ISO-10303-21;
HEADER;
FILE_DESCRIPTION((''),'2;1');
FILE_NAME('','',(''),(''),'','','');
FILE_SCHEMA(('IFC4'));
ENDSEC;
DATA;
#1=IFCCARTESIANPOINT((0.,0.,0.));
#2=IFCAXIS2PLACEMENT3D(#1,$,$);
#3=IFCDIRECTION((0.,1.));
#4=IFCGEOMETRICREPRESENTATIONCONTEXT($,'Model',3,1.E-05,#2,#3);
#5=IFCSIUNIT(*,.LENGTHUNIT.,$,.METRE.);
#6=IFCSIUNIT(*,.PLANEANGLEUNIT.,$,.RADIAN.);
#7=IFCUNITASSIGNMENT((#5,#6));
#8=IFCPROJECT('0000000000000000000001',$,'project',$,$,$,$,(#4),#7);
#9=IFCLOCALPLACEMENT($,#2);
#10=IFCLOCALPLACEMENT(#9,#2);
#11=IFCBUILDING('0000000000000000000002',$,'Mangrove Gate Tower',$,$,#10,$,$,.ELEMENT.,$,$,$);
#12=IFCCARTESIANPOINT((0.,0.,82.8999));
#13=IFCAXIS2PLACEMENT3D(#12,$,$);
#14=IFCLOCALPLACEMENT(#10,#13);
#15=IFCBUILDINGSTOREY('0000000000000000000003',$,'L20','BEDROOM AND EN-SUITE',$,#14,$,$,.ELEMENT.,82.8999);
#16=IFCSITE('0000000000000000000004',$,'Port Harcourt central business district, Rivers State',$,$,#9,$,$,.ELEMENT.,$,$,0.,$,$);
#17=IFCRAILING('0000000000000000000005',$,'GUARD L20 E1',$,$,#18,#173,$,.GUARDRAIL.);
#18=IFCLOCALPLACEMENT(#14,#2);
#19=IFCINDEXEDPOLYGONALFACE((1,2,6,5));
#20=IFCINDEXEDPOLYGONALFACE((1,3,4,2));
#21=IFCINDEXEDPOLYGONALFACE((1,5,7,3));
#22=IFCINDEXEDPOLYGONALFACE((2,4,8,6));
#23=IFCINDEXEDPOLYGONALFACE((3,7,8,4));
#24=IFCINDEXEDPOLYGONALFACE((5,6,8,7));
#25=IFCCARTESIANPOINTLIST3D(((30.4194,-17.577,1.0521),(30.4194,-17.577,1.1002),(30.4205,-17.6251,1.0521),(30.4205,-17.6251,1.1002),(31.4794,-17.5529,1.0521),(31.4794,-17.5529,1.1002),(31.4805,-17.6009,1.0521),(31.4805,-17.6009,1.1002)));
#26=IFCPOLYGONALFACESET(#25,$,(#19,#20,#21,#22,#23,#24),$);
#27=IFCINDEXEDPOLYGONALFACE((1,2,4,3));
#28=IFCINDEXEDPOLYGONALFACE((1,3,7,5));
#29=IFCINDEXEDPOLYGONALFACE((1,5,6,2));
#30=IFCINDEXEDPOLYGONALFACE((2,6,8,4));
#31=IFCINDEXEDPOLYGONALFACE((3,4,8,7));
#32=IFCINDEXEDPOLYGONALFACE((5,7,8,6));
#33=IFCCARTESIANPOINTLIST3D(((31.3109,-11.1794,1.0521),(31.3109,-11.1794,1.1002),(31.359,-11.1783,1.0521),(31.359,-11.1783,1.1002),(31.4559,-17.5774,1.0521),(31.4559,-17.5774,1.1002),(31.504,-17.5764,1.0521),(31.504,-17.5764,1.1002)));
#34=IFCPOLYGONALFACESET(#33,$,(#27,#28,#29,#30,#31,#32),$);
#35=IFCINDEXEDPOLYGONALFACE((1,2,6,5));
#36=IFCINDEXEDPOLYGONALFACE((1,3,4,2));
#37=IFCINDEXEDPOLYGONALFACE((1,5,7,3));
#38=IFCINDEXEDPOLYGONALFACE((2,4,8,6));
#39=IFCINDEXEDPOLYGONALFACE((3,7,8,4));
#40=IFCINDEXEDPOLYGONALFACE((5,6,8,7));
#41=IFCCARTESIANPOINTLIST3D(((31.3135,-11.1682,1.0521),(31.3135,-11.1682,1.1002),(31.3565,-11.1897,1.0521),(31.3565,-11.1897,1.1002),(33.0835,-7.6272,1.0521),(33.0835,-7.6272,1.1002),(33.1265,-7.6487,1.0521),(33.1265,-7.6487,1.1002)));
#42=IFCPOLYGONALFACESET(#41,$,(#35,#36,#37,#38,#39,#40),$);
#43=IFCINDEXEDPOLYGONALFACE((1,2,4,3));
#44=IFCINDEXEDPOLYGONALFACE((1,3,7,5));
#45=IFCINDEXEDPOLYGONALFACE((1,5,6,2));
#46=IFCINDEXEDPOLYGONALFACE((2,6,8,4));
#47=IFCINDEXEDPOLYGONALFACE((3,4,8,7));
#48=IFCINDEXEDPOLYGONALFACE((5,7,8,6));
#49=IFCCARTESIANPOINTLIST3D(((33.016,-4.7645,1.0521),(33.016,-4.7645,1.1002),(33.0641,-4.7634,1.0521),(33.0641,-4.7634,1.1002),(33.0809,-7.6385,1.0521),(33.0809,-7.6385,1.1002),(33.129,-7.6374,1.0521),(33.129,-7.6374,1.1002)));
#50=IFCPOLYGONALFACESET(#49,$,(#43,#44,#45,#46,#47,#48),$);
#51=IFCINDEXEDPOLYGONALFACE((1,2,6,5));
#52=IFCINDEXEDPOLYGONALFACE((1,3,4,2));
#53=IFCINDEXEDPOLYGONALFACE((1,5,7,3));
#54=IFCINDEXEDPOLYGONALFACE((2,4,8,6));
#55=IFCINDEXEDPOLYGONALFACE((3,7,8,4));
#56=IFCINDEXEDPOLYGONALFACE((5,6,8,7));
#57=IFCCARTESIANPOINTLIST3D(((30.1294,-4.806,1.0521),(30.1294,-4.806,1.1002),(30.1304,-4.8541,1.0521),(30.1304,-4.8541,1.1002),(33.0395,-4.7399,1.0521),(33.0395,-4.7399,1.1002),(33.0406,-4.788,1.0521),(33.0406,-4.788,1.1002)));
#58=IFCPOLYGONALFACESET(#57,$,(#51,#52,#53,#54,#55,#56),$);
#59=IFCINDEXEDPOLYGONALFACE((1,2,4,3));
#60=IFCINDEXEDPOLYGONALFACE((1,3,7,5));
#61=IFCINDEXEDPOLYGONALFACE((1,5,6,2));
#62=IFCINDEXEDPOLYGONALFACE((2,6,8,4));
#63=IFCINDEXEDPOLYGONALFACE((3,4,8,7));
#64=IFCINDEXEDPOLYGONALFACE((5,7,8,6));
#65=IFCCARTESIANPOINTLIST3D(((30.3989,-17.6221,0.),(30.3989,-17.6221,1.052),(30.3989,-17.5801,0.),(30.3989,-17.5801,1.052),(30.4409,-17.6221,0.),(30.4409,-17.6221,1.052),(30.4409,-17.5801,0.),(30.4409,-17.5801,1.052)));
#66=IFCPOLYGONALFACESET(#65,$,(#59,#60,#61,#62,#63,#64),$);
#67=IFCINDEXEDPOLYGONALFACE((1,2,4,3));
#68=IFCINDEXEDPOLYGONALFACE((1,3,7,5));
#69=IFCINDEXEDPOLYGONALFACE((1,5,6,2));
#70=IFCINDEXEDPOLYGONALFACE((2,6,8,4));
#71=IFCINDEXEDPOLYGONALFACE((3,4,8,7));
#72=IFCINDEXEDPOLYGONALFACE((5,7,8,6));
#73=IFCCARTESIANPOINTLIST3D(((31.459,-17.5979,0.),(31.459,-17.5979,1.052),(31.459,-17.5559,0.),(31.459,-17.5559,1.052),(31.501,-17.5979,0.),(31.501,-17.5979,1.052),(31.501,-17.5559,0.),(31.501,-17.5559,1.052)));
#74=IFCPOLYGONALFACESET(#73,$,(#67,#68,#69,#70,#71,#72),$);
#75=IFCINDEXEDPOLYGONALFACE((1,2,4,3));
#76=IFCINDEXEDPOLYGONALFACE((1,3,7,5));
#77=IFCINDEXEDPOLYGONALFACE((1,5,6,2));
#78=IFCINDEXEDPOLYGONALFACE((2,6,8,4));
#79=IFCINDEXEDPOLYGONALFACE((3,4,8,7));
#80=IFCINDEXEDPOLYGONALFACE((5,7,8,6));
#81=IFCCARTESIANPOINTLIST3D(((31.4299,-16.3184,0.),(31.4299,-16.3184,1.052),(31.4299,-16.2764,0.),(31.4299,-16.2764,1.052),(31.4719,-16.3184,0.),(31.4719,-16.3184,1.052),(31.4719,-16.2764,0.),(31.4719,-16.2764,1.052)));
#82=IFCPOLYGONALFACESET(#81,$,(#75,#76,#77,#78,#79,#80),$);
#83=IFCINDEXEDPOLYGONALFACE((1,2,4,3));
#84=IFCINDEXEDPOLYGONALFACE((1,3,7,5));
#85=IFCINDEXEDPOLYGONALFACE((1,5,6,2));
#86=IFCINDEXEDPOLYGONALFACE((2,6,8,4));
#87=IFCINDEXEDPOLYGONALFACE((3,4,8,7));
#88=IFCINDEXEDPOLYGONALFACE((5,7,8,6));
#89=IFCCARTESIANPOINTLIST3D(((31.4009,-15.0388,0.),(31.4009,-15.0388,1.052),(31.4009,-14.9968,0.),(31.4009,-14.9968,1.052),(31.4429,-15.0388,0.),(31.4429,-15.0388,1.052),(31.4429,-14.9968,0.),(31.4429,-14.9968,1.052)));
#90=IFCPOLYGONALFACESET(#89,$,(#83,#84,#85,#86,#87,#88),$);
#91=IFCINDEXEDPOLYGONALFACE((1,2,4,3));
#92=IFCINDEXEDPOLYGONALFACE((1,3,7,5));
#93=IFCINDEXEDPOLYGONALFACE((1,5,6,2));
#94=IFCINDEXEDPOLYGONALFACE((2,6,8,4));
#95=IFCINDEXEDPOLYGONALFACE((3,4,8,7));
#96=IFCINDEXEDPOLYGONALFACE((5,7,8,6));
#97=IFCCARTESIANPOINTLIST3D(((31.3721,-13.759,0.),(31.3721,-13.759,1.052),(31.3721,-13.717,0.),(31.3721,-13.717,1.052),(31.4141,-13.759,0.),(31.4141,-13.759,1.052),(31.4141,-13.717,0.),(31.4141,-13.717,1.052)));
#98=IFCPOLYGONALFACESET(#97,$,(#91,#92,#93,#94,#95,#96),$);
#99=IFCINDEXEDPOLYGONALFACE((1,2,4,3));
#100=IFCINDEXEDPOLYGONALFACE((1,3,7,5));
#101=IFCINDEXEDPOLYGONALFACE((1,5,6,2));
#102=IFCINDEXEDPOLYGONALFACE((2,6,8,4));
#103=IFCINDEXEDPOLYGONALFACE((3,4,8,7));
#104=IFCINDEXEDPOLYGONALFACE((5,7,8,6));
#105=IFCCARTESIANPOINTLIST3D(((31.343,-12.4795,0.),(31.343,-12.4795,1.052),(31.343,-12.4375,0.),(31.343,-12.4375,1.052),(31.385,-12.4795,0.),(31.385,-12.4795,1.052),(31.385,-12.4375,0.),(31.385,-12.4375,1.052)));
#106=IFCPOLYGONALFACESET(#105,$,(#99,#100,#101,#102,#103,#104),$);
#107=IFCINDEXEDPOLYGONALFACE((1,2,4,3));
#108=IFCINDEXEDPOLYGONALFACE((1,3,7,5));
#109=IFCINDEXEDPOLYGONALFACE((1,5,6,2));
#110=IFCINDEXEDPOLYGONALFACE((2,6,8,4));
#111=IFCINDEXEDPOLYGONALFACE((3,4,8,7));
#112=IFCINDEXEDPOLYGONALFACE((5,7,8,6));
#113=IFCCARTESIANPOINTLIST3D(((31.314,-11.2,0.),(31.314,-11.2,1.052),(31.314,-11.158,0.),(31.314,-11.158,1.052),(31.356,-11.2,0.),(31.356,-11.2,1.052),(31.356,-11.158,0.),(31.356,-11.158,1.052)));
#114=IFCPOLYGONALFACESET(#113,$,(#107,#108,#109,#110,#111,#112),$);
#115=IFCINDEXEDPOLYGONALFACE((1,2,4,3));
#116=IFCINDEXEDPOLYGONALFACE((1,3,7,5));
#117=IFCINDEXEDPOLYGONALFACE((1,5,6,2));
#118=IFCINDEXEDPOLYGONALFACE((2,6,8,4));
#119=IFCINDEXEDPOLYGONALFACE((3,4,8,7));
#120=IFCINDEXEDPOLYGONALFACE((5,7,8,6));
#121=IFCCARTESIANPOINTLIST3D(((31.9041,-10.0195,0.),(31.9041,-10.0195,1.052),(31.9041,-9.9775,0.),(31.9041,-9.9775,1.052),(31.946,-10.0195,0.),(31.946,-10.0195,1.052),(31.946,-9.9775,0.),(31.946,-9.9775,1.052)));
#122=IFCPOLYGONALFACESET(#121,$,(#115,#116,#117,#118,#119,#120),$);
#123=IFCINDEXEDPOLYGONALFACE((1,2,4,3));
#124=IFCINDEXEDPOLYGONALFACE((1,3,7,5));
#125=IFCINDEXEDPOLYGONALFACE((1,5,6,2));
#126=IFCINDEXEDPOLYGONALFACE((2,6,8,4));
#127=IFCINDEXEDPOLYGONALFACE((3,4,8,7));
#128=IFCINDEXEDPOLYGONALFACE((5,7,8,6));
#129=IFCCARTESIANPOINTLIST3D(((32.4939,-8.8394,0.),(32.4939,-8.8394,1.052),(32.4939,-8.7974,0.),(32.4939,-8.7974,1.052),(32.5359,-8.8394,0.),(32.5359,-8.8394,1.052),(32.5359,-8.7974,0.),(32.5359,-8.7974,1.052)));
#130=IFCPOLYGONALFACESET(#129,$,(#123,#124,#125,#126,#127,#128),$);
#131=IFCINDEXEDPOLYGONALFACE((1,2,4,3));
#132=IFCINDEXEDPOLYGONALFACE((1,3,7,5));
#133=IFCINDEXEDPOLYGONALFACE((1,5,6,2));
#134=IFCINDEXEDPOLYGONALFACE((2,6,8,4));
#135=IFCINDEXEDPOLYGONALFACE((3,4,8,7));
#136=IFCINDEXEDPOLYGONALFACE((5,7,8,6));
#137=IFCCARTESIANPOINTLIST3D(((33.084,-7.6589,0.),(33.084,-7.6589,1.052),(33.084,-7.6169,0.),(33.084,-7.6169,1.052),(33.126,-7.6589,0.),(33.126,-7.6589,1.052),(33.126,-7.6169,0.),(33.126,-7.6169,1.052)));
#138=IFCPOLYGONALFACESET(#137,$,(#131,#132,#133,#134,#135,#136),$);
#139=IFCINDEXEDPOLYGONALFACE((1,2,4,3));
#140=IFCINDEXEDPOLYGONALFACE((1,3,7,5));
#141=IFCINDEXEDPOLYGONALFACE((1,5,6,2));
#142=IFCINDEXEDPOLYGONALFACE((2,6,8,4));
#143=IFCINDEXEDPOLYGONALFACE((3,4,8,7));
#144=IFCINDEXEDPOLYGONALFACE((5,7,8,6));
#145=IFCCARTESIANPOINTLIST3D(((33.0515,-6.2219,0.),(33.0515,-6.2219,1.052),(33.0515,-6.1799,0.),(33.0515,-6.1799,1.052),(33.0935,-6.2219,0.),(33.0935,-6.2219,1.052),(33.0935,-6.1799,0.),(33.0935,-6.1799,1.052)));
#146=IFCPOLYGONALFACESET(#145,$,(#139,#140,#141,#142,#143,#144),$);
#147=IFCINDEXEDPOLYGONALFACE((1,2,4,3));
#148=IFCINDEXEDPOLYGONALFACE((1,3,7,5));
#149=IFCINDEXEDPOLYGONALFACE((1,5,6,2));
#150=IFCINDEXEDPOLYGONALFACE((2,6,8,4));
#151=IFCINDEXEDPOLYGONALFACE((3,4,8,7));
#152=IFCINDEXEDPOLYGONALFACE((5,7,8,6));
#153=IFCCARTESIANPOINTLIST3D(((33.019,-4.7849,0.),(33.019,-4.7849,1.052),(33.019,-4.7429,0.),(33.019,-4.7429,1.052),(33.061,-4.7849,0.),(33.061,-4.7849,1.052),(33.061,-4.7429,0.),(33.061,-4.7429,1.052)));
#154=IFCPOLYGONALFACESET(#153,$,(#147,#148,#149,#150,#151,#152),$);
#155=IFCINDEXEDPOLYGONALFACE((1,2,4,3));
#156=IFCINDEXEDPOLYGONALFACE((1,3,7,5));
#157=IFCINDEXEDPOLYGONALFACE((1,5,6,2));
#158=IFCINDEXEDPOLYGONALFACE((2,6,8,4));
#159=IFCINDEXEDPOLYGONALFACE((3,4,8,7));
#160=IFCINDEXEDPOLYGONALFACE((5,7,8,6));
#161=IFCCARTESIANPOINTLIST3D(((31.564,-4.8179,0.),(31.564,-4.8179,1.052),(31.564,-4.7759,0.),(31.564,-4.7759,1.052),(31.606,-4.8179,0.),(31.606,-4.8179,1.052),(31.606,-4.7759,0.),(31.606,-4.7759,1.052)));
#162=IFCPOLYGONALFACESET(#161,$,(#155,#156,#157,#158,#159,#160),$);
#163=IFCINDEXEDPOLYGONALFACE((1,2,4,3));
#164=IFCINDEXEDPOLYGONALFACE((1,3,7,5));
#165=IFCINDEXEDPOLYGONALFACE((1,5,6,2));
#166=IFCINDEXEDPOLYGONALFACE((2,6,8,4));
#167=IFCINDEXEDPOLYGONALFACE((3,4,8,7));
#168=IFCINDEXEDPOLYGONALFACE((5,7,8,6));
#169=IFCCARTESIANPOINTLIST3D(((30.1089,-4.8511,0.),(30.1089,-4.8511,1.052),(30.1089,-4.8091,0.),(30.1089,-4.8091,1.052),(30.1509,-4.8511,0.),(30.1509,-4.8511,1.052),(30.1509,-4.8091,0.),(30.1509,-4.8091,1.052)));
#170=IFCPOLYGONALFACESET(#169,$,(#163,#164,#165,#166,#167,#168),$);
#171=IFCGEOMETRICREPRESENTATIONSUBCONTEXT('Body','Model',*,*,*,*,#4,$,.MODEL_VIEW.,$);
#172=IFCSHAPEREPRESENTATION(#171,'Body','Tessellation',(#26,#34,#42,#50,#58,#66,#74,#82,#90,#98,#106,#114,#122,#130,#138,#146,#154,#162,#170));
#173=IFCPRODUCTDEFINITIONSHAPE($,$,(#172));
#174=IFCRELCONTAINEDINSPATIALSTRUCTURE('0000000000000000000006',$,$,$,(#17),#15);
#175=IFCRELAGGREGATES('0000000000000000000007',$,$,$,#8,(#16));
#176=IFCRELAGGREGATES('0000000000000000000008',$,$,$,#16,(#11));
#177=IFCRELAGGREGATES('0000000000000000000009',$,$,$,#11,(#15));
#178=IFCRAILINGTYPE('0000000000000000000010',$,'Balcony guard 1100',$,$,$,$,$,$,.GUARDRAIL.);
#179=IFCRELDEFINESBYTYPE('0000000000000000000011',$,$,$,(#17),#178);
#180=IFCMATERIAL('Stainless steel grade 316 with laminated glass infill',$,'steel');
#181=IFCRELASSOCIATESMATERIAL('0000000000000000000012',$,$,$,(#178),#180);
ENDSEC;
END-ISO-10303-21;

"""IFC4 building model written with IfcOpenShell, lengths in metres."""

from ifc_helpers import new_model, si_unit, direction, frame, origin, origin_2d, place, context, subcontext, project, spatial, rectangle, extrude, material, type_object, element, save


model = new_model("IFC4")

# Units and contexts
model_context = context("Model", 3, precision=1e-05, world=origin(), true_north=direction((0.0, 1.0)))
body_context = subcontext(model_context, "Body", "Model", "MODEL_VIEW")
ifc_project = project(units=[si_unit("LENGTHUNIT", "METRE"), si_unit("PLANEANGLEUNIT", "RADIAN")], contexts=[model_context])

# Site, building, storey
site_placement = place(None, origin())
site = spatial("IfcSite", under=ifc_project, at=site_placement, Name="Port Harcourt central business district, Rivers State", CompositionType="ELEMENT", RefElevation=0.0)
building_placement = place(site_placement, origin())
building = spatial("IfcBuilding", under=site, at=building_placement, Name="Mangrove Gate Tower", CompositionType="ELEMENT")
storey_placement = place(building_placement, frame((0.0, 0.0, 82.8999)))
storey = spatial("IfcBuildingStorey", under=building, at=storey_placement, Name="L20", Description="BEDROOM AND EN-SUITE", CompositionType="ELEMENT", Elevation=82.8999)

# Railing
ifc_material_1 = material(Name="Stainless steel grade 316 with laminated glass infill", Category="steel")
railing_type = type_object("IfcRailingType", Name="Balcony guard 1100", PredefinedType="GUARDRAIL", material=ifc_material_1)
railing_placement = place(storey_placement, frame((30.4199, -17.6011, 0.0)))
element("IfcRailing", 1, at=railing_placement, inside=storey, type_object=railing_type, Name="GUARD L20 E1", PredefinedType="GUARDRAIL", context=body_context, shape_type="SweptSolid", body=[
    extrude(rectangle(XDim=0.0481, YDim=0.0481, at=origin_2d()), frame((0.0, 0.0, 1.0762), z_axis=(0.99974, 0.022795, 0.0), x_axis=(-0.022795, 0.99974, 0.0)), (0.0, 0.0, 1.0), 1.0603),
    extrude(rectangle(XDim=0.0481, YDim=0.0481, at=origin_2d()), frame((1.0601, 0.0242, 1.0762), z_axis=(-0.022661, 0.999743, 0.0), x_axis=(-0.999743, -0.022661, 0.0)), (0.0, 0.0, 1.0), 6.3997),
    extrude(rectangle(XDim=0.0481, YDim=0.0481, at=origin_2d()), frame((0.915, 6.4221, 1.0762), z_axis=(0.447115, 0.894477, 0.0), x_axis=(-0.894477, 0.447115, 0.0)), (0.0, 0.0, 1.0), 3.9587),
    extrude(rectangle(XDim=0.0481, YDim=0.0481, at=origin_2d()), frame((2.6851, 9.9631, 1.0762), z_axis=(-0.02259, 0.999745, 0.0), x_axis=(-0.999745, -0.02259, 0.0)), (0.0, 0.0, 1.0), 2.8748),
    extrude(rectangle(XDim=0.0481, YDim=0.0481, at=origin_2d()), frame((2.6201, 12.8372, 1.0762), z_axis=(-0.999742, -0.022729, 0.0), x_axis=(0.022729, -0.999742, 0.0)), (0.0, 0.0, 1.0), 2.9109),
    extrude(rectangle(XDim=0.042, YDim=0.042, at=origin_2d()), origin(), (0.0, 0.0, 1.0), 1.052),
    extrude(rectangle(XDim=0.042, YDim=0.042, at=origin_2d()), frame((1.0601, 0.0242, 0.0)), (0.0, 0.0, 1.0), 1.052),
    extrude(rectangle(XDim=0.042, YDim=0.042, at=origin_2d()), frame((1.031, 1.3037, 0.0)), (0.0, 0.0, 1.0), 1.052),
    extrude(rectangle(XDim=0.042, YDim=0.042, at=origin_2d()), frame((1.002, 2.5833, 0.0)), (0.0, 0.0, 1.0), 1.052),
    extrude(rectangle(XDim=0.042, YDim=0.042, at=origin_2d()), frame((0.9731, 3.863, 0.0)), (0.0, 0.0, 1.0), 1.052),
    extrude(rectangle(XDim=0.042, YDim=0.042, at=origin_2d()), frame((0.9441, 5.1426, 0.0)), (0.0, 0.0, 1.0), 1.052),
    extrude(rectangle(XDim=0.042, YDim=0.042, at=origin_2d()), frame((0.915, 6.4221, 0.0)), (0.0, 0.0, 1.0), 1.052),
    extrude(rectangle(XDim=0.042, YDim=0.042, at=origin_2d()), frame((1.5051, 7.6025, 0.0)), (0.0, 0.0, 1.0), 1.052),
    extrude(rectangle(XDim=0.042, YDim=0.042, at=origin_2d()), frame((2.095, 8.7827, 0.0)), (0.0, 0.0, 1.0), 1.052),
    extrude(rectangle(XDim=0.042, YDim=0.042, at=origin_2d()), frame((2.6851, 9.9631, 0.0)), (0.0, 0.0, 1.0), 1.052),
    extrude(rectangle(XDim=0.042, YDim=0.042, at=origin_2d()), frame((2.6526, 11.4001, 0.0)), (0.0, 0.0, 1.0), 1.052),
    extrude(rectangle(XDim=0.042, YDim=0.042, at=origin_2d()), frame((2.6201, 12.8372, 0.0)), (0.0, 0.0, 1.0), 1.052),
    extrude(rectangle(XDim=0.042, YDim=0.042, at=origin_2d()), frame((1.165, 12.8042, 0.0)), (0.0, 0.0, 1.0), 1.052),
    extrude(rectangle(XDim=0.042, YDim=0.042, at=origin_2d()), frame((-0.29, 12.771, 0.0)), (0.0, 0.0, 1.0), 1.052),
])

save(model, "model.ifc")
